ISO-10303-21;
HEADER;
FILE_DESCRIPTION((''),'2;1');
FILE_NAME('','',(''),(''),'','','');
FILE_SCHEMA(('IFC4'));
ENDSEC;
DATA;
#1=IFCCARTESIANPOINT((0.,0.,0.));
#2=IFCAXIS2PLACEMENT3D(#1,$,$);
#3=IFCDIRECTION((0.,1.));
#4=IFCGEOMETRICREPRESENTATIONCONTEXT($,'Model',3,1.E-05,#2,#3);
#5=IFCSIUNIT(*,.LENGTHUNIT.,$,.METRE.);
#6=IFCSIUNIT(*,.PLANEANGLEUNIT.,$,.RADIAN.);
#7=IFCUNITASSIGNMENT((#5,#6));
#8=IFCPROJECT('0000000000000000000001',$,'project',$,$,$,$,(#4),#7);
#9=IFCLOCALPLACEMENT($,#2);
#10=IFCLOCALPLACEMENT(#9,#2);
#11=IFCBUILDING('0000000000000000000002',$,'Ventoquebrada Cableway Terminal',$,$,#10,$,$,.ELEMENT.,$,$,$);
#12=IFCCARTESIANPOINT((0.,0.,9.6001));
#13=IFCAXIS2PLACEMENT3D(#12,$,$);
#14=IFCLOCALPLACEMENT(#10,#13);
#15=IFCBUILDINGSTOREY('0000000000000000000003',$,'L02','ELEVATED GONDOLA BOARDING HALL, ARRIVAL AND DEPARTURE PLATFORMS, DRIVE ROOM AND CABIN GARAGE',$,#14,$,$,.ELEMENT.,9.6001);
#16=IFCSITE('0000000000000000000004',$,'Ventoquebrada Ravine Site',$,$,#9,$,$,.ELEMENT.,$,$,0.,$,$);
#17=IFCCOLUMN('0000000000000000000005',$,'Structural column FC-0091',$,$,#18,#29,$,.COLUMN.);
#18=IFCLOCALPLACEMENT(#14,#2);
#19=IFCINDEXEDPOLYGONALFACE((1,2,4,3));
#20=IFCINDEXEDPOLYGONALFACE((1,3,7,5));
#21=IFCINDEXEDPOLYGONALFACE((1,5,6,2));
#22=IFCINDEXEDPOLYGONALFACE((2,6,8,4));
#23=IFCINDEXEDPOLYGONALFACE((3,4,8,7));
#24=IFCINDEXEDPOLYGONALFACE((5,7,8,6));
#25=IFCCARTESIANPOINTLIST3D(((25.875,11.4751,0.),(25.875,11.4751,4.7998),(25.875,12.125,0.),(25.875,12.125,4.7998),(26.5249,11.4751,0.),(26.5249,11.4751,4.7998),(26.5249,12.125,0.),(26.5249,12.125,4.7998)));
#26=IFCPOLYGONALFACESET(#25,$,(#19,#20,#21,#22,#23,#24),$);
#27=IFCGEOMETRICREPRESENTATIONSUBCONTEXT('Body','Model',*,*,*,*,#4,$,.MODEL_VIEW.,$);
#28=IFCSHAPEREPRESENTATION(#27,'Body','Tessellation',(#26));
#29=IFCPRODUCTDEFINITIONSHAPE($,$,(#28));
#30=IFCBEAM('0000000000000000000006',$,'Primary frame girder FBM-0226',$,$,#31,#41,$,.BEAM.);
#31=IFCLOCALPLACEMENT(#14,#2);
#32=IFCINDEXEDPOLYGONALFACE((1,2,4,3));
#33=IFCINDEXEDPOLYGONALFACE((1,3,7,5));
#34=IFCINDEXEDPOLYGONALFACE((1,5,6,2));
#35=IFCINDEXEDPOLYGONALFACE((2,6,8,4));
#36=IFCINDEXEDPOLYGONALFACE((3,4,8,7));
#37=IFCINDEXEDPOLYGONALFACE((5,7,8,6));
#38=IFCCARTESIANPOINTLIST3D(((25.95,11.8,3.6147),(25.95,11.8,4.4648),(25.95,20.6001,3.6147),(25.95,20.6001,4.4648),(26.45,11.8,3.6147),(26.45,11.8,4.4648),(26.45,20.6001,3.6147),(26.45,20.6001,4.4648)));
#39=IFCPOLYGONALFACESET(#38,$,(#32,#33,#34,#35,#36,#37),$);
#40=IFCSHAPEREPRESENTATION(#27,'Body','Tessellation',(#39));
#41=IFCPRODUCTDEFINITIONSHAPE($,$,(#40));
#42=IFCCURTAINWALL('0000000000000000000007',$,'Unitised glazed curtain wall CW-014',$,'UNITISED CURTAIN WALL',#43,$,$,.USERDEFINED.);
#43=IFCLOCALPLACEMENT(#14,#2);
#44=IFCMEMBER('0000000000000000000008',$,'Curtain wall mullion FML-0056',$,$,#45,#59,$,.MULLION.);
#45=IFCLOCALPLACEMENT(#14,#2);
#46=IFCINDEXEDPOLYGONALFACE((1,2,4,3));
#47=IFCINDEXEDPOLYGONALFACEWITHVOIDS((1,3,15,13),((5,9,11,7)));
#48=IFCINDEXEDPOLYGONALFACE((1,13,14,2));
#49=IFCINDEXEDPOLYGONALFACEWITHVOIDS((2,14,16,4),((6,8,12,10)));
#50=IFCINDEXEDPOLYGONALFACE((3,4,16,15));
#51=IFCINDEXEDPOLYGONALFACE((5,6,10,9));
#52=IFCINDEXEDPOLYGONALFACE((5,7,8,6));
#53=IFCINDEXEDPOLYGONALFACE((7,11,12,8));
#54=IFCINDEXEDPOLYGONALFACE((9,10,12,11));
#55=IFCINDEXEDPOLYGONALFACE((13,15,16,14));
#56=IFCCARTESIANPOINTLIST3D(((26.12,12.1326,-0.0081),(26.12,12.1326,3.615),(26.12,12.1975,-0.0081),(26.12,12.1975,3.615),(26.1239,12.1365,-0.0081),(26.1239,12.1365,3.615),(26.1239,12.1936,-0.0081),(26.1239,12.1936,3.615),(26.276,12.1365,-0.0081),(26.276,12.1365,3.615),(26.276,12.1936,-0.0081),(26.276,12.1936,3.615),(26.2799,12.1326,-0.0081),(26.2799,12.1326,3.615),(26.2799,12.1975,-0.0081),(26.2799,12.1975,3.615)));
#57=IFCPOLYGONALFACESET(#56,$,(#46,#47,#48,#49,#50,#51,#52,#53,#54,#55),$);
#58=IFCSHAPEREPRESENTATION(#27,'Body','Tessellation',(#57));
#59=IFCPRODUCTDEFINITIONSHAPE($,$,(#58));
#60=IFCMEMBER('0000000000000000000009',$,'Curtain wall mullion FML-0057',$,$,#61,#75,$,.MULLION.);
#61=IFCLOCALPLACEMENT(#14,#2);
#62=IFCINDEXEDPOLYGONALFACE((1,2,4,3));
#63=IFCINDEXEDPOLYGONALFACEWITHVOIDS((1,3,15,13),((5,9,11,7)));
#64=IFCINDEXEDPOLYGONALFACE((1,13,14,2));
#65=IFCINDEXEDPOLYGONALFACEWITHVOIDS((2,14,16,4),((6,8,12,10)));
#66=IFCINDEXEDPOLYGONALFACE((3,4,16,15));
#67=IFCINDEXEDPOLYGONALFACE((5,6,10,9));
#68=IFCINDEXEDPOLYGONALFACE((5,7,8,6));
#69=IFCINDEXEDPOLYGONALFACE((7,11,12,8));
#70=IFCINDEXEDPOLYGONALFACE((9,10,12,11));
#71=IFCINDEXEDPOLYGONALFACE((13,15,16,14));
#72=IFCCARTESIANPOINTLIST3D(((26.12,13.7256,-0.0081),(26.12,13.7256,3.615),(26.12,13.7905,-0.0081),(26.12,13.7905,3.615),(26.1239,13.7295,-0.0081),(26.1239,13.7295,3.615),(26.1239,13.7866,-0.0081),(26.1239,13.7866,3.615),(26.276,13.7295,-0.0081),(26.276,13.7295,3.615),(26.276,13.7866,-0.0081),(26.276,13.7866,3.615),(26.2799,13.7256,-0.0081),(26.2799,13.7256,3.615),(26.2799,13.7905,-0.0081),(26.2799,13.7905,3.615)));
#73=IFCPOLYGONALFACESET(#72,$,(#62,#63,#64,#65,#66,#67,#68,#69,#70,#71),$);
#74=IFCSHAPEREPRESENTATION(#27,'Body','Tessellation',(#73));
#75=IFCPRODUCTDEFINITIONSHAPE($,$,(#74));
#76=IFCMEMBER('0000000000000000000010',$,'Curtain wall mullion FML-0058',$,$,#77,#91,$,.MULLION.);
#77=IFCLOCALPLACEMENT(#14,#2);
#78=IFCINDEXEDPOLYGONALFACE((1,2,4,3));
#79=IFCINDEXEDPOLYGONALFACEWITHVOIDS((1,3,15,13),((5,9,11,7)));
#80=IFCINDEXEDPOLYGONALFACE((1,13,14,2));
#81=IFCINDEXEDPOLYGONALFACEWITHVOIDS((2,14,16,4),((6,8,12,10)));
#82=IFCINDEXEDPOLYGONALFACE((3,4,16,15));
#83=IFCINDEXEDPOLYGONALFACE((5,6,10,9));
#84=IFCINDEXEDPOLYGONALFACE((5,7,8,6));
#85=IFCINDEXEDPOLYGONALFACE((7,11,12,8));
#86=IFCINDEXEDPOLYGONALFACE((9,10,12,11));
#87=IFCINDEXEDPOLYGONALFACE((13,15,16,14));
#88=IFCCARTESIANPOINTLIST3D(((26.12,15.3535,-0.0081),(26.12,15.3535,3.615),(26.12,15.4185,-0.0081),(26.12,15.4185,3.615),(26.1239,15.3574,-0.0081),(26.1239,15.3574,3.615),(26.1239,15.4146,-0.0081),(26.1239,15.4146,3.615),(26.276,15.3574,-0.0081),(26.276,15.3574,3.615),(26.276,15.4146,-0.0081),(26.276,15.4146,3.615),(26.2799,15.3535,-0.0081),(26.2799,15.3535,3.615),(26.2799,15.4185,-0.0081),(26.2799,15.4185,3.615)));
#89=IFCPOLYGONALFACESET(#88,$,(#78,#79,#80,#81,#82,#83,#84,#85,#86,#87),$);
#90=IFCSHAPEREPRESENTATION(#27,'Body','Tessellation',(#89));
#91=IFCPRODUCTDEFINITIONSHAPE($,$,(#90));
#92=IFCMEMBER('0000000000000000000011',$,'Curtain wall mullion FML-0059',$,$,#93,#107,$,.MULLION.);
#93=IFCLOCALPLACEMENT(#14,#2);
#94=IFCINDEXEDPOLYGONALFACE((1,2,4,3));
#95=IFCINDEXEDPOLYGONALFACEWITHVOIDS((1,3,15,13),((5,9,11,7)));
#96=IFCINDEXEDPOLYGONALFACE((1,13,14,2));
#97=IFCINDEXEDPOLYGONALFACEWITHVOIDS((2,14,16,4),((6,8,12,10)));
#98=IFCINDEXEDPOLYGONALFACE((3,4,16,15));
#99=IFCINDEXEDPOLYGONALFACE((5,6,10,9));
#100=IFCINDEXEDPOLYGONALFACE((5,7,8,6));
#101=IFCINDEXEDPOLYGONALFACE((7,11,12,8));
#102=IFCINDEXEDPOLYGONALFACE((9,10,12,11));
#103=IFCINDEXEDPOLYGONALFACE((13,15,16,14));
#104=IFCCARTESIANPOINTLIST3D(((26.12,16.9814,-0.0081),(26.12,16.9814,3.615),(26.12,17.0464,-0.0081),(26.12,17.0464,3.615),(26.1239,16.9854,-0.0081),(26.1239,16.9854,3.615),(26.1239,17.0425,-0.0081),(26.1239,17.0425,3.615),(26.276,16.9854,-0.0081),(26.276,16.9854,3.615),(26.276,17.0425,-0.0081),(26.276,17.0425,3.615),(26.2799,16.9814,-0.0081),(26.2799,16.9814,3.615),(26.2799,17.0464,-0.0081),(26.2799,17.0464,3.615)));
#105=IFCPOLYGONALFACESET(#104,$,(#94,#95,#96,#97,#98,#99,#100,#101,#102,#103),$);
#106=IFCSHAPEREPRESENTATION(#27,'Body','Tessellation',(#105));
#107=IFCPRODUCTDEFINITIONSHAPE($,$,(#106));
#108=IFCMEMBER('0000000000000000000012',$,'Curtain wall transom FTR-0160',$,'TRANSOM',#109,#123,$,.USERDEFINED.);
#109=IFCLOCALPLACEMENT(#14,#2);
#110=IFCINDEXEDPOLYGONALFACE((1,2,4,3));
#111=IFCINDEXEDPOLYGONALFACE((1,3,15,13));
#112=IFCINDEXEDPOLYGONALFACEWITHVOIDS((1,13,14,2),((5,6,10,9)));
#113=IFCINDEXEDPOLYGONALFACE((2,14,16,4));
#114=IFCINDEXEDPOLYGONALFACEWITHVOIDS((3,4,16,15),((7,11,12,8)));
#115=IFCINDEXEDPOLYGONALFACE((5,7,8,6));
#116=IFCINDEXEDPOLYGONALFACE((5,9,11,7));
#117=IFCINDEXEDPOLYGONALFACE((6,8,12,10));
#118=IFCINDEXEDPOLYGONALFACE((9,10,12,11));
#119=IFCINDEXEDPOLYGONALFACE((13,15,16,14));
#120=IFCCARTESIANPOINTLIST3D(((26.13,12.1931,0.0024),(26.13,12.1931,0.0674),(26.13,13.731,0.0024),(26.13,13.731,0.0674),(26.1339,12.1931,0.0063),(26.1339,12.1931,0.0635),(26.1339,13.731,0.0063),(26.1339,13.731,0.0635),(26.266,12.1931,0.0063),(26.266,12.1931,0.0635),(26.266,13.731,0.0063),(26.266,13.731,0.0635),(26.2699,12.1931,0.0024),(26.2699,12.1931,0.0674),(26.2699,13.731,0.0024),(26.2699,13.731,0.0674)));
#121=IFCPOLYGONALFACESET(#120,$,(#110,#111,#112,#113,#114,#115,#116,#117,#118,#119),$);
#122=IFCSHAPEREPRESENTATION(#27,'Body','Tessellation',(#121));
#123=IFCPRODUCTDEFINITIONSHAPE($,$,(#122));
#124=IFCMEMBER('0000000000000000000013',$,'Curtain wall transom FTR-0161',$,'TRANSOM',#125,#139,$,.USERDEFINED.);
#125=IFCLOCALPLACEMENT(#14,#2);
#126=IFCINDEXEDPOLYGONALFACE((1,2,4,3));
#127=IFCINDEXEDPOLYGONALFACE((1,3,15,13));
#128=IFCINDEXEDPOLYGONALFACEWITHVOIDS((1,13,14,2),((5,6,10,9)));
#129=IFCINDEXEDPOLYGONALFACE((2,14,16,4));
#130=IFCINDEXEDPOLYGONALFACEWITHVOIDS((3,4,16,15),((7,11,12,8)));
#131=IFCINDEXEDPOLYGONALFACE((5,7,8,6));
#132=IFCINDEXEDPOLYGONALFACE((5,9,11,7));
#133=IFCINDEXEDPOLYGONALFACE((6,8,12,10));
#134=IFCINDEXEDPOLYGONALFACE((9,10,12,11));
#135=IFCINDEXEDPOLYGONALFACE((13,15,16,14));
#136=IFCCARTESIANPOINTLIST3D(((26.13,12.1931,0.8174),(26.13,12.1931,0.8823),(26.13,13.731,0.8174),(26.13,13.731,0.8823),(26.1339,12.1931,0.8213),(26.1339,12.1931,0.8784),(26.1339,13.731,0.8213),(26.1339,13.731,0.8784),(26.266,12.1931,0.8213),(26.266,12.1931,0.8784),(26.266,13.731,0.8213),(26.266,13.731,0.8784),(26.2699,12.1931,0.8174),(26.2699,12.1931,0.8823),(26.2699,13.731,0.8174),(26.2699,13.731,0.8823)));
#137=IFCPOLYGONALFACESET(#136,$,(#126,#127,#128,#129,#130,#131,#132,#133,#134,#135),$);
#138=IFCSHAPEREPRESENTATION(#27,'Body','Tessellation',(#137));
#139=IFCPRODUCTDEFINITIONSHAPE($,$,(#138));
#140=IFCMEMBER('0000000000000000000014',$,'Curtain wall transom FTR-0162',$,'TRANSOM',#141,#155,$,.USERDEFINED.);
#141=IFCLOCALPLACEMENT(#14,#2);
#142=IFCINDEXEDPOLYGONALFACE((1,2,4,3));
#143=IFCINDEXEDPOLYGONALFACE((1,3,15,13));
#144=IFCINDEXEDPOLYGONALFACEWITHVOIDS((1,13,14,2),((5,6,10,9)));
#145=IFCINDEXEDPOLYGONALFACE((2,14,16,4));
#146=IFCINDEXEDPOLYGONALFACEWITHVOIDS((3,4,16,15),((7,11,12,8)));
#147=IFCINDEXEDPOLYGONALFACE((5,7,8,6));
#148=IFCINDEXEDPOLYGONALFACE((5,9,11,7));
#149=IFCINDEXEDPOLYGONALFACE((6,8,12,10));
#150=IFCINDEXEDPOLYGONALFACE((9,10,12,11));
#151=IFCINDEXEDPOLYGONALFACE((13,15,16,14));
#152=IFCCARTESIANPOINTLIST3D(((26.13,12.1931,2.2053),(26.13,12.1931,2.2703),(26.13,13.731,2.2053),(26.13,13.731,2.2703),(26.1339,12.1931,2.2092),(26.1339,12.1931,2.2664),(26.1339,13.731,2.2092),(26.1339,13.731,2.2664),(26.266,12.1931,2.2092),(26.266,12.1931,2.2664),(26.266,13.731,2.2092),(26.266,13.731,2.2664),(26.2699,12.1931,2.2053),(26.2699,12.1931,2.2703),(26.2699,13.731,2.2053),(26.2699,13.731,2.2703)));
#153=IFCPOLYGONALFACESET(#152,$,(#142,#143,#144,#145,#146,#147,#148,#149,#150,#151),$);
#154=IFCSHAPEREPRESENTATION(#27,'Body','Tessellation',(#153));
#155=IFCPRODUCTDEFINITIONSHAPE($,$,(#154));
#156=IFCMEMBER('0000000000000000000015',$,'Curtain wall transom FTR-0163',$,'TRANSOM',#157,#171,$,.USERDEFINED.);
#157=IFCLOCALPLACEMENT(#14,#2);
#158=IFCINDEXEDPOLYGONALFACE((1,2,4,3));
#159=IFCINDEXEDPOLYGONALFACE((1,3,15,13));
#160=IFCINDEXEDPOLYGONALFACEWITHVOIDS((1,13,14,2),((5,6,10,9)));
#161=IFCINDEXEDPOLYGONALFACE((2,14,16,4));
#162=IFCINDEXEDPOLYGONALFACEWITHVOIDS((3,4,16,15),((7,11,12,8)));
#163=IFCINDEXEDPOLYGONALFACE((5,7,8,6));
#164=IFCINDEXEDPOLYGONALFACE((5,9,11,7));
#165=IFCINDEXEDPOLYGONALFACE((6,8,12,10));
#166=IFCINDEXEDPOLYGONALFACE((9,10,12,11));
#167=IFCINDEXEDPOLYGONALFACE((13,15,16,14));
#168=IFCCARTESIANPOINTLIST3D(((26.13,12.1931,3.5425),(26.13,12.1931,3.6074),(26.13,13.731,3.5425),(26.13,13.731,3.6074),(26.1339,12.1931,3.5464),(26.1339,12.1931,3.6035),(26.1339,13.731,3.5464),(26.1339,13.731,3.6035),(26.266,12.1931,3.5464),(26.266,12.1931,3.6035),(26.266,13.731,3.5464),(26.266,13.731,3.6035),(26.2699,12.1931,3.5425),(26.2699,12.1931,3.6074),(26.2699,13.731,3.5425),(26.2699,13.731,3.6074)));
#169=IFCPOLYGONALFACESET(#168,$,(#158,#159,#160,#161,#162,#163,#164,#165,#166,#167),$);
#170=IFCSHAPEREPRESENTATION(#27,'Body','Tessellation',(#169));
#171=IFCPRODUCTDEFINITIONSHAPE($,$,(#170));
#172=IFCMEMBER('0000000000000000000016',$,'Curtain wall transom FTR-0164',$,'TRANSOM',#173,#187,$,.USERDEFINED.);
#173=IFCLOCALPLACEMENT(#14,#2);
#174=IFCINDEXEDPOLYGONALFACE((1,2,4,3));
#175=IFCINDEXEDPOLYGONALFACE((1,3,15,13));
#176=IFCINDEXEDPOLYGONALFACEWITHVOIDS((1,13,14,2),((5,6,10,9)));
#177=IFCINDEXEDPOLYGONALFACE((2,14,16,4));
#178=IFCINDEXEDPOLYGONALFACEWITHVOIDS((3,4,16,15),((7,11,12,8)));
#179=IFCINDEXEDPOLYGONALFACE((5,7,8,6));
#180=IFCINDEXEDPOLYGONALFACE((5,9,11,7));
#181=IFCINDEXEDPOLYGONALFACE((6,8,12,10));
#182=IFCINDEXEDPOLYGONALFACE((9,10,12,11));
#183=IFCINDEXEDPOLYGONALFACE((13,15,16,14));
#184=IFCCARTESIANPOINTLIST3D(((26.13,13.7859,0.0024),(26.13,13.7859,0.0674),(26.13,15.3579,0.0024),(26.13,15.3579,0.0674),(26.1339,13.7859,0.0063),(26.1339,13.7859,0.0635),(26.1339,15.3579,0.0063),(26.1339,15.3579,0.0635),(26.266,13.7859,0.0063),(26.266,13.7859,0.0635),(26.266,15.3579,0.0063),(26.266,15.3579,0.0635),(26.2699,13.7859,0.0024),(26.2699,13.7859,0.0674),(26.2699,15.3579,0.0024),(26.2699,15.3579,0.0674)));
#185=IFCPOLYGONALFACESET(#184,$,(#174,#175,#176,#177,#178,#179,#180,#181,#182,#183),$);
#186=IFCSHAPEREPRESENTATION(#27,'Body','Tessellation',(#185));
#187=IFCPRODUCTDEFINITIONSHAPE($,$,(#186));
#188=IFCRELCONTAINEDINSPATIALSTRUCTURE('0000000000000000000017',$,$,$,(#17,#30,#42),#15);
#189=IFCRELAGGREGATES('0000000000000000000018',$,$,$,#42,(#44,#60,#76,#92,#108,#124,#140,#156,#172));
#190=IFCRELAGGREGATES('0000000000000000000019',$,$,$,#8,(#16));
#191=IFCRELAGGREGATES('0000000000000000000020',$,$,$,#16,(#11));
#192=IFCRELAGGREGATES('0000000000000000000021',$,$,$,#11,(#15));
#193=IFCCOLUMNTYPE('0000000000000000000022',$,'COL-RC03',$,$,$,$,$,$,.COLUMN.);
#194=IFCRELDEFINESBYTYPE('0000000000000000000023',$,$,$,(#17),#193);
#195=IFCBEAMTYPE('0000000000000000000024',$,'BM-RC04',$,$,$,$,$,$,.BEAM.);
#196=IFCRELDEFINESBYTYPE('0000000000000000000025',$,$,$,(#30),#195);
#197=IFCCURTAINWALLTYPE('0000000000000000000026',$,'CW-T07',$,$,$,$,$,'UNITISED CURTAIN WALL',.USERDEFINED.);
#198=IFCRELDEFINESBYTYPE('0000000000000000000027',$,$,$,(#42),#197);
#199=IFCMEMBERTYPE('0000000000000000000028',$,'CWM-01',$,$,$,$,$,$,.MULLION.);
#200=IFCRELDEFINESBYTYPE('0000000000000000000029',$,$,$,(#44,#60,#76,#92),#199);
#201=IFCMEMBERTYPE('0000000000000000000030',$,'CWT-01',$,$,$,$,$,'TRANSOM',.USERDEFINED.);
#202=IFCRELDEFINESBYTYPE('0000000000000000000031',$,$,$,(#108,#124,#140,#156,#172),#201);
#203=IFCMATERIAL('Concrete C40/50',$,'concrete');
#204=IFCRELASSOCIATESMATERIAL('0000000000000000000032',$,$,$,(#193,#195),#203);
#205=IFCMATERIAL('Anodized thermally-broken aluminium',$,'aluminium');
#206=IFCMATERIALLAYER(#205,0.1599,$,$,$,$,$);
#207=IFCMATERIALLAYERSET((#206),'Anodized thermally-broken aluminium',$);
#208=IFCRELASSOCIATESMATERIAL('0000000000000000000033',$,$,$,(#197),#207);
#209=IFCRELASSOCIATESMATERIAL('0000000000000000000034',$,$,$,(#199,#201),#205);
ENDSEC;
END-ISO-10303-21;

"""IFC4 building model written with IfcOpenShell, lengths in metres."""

from ifc_helpers import new_model, si_unit, direction, frame, origin, origin_2d, place, context, subcontext, project, spatial, rectangle, hollow_rectangle, extrude, material, layer, layer_set, material_profile, profile_set, type_object, element, aggregate, save


model = new_model("IFC4")

# Units and contexts
model_context = context("Model", 3, precision=1e-05, world=origin(), true_north=direction((0.0, 1.0)))
body_context = subcontext(model_context, "Body", "Model", "MODEL_VIEW")
ifc_project = project(units=[si_unit("LENGTHUNIT", "METRE"), si_unit("PLANEANGLEUNIT", "RADIAN")], contexts=[model_context])

# Site, building, storey
site_placement = place(None, origin())
site = spatial("IfcSite", under=ifc_project, at=site_placement, Name="Ventoquebrada Ravine Site", CompositionType="ELEMENT", RefElevation=0.0)
building_placement = place(site_placement, origin())
building = spatial("IfcBuilding", under=site, at=building_placement, Name="Ventoquebrada Cableway Terminal", CompositionType="ELEMENT")
storey_placement = place(building_placement, frame((0.0, 0.0, 9.6001)))
storey = spatial("IfcBuildingStorey", under=building, at=storey_placement, Name="L02", Description="ELEVATED GONDOLA BOARDING HALL, ARRIVAL AND DEPARTURE PLATFORMS, DRIVE ROOM AND CABIN GARAGE", CompositionType="ELEMENT", Elevation=9.6001)

# Column
ifc_material_1 = material(Name="Concrete C40/50", Category="concrete")
ifc_material_profile_1 = material_profile(ifc_material_1, rectangle(XDim=0.6499, YDim=0.6499, at=origin_2d()), Name="RC-COL-650X650")
ifc_profile_set_1 = profile_set([ifc_material_profile_1], Name="Concrete C40/50")
column_type = type_object("IfcColumnType", Name="COL-RC03", PredefinedType="COLUMN", material=ifc_profile_set_1)
column_placement = place(storey_placement, frame((26.2, 11.8, 0.0), z_axis=(0.0, 0.0, 1.0), x_axis=(1.0, 0.0, 0.0)))
element("IfcColumn", 1, at=column_placement, inside=storey, type_object=column_type, Name="Structural column FC-0091", PredefinedType="COLUMN", context=body_context, shape_type="SweptSolid", body=[
    extrude(rectangle(XDim=0.6499, YDim=0.6499, at=origin_2d()), origin(), (0.0, 0.0, 1.0), 4.7998),
])

# Beam
ifc_material_profile_2 = material_profile(ifc_material_1, rectangle(XDim=0.5, YDim=0.8501, at=origin_2d()), Name="RC-BM-500X850")
ifc_profile_set_2 = profile_set([ifc_material_profile_2], Name="Concrete C40/50")
beam_type = type_object("IfcBeamType", Name="BM-RC04", PredefinedType="BEAM", material=ifc_profile_set_2)
beam_placement = place(storey_placement, frame((26.2, 11.8, 4.0398), z_axis=(0.0, 1.0, 0.0), x_axis=(-1.0, 0.0, 0.0)))
element("IfcBeam", 2, at=beam_placement, inside=storey, type_object=beam_type, Name="Primary frame girder FBM-0226", PredefinedType="BEAM", context=body_context, shape_type="SweptSolid", body=[
    extrude(rectangle(XDim=0.5, YDim=0.8501, at=origin_2d()), origin(), (0.0, 0.0, 1.0), 8.8),
])

# Curtain wall, members
ifc_material_2 = material(Name="Anodized thermally-broken aluminium", Category="aluminium")
ifc_layer_1 = layer(ifc_material_2, 0.1599)
ifc_layer_set_1 = layer_set([ifc_layer_1], Name="Anodized thermally-broken aluminium")
curtain_wall_type = type_object("IfcCurtainWallType", Name="CW-T07", ElementType="UNITISED CURTAIN WALL", PredefinedType="USERDEFINED", material=ifc_layer_set_1)
curtain_wall_placement = place(storey_placement, origin())
curtain_wall = element("IfcCurtainWall", 3, at=curtain_wall_placement, inside=storey, type_object=curtain_wall_type, Name="Unitised glazed curtain wall CW-014", ObjectType="UNITISED CURTAIN WALL", PredefinedType="USERDEFINED")
ifc_material_profile_3 = material_profile(ifc_material_2, hollow_rectangle(XDim=0.0649, YDim=0.1599, WallThickness=0.0039, at=origin_2d()), Name="CW-MUL-65X160")
ifc_profile_set_3 = profile_set([ifc_material_profile_3], Name="Anodized thermally-broken aluminium")
member_type_1 = type_object("IfcMemberType", Name="CWM-01", PredefinedType="MULLION", material=ifc_profile_set_3)
member_1_placement = place(storey_placement, frame((26.2, 12.165, -0.0081), z_axis=(0.0, 0.0, 1.0), x_axis=(0.0, 1.0, 0.0)))
member_1 = element("IfcMember", 4, at=member_1_placement, type_object=member_type_1, Name="Curtain wall mullion FML-0056", PredefinedType="MULLION", context=body_context, shape_type="SweptSolid", body=[
    extrude(hollow_rectangle(XDim=0.0649, YDim=0.1599, WallThickness=0.0039, at=origin_2d()), origin(), (0.0, 0.0, 1.0), 3.623),
])
member_2_placement = place(storey_placement, frame((26.2, 13.7581, -0.0081), z_axis=(0.0, 0.0, 1.0), x_axis=(0.0, 1.0, 0.0)))
member_2 = element("IfcMember", 5, at=member_2_placement, type_object=member_type_1, Name="Curtain wall mullion FML-0057", PredefinedType="MULLION", context=body_context, shape_type="SweptSolid", body=[
    extrude(hollow_rectangle(XDim=0.0649, YDim=0.1599, WallThickness=0.0039, at=origin_2d()), origin(), (0.0, 0.0, 1.0), 3.623),
])
member_3_placement = place(storey_placement, frame((26.2, 15.386, -0.0081), z_axis=(0.0, 0.0, 1.0), x_axis=(0.0, 1.0, 0.0)))
member_3 = element("IfcMember", 6, at=member_3_placement, type_object=member_type_1, Name="Curtain wall mullion FML-0058", PredefinedType="MULLION", context=body_context, shape_type="SweptSolid", body=[
    extrude(hollow_rectangle(XDim=0.0649, YDim=0.1599, WallThickness=0.0039, at=origin_2d()), origin(), (0.0, 0.0, 1.0), 3.623),
])
member_4_placement = place(storey_placement, frame((26.2, 17.0139, -0.0081), z_axis=(0.0, 0.0, 1.0), x_axis=(0.0, 1.0, 0.0)))
member_4 = element("IfcMember", 7, at=member_4_placement, type_object=member_type_1, Name="Curtain wall mullion FML-0059", PredefinedType="MULLION", context=body_context, shape_type="SweptSolid", body=[
    extrude(hollow_rectangle(XDim=0.0649, YDim=0.1599, WallThickness=0.0039, at=origin_2d()), origin(), (0.0, 0.0, 1.0), 3.623),
])
ifc_material_profile_4 = material_profile(ifc_material_2, hollow_rectangle(XDim=0.0649, YDim=0.1399, WallThickness=0.0039, at=origin_2d()), Name="CW-TRN-65X140")
ifc_profile_set_4 = profile_set([ifc_material_profile_4], Name="Anodized thermally-broken aluminium")
member_type_2 = type_object("IfcMemberType", Name="CWT-01", ElementType="TRANSOM", PredefinedType="USERDEFINED", material=ifc_profile_set_4)
member_5_placement = place(storey_placement, frame((26.2, 12.1931, 0.0349), z_axis=(0.0, 1.0, 0.0), x_axis=(0.0, 0.0, 1.0)))
member_5 = element("IfcMember", 8, at=member_5_placement, type_object=member_type_2, Name="Curtain wall transom FTR-0160", ObjectType="TRANSOM", PredefinedType="USERDEFINED", context=body_context, shape_type="SweptSolid", body=[
    extrude(hollow_rectangle(XDim=0.0649, YDim=0.1399, WallThickness=0.0039, at=origin_2d()), origin(), (0.0, 0.0, 1.0), 1.5378),
])
member_6_placement = place(storey_placement, frame((26.2, 12.1931, 0.8499), z_axis=(0.0, 1.0, 0.0), x_axis=(0.0, 0.0, 1.0)))
member_6 = element("IfcMember", 9, at=member_6_placement, type_object=member_type_2, Name="Curtain wall transom FTR-0161", ObjectType="TRANSOM", PredefinedType="USERDEFINED", context=body_context, shape_type="SweptSolid", body=[
    extrude(hollow_rectangle(XDim=0.0649, YDim=0.1399, WallThickness=0.0039, at=origin_2d()), origin(), (0.0, 0.0, 1.0), 1.5378),
])
member_7_placement = place(storey_placement, frame((26.2, 12.1931, 2.2378), z_axis=(0.0, 1.0, 0.0), x_axis=(0.0, 0.0, 1.0)))
member_7 = element("IfcMember", 10, at=member_7_placement, type_object=member_type_2, Name="Curtain wall transom FTR-0162", ObjectType="TRANSOM", PredefinedType="USERDEFINED", context=body_context, shape_type="SweptSolid", body=[
    extrude(hollow_rectangle(XDim=0.0649, YDim=0.1399, WallThickness=0.0039, at=origin_2d()), origin(), (0.0, 0.0, 1.0), 1.5378),
])
member_8_placement = place(storey_placement, frame((26.2, 12.1931, 3.575), z_axis=(0.0, 1.0, 0.0), x_axis=(0.0, 0.0, 1.0)))
member_8 = element("IfcMember", 11, at=member_8_placement, type_object=member_type_2, Name="Curtain wall transom FTR-0163", ObjectType="TRANSOM", PredefinedType="USERDEFINED", context=body_context, shape_type="SweptSolid", body=[
    extrude(hollow_rectangle(XDim=0.0649, YDim=0.1399, WallThickness=0.0039, at=origin_2d()), origin(), (0.0, 0.0, 1.0), 1.5378),
])
member_9_placement = place(storey_placement, frame((26.2, 13.7859, 0.0349), z_axis=(0.0, 1.0, 0.0), x_axis=(0.0, 0.0, 1.0)))
member_9 = element("IfcMember", 12, at=member_9_placement, type_object=member_type_2, Name="Curtain wall transom FTR-0164", ObjectType="TRANSOM", PredefinedType="USERDEFINED", context=body_context, shape_type="SweptSolid", body=[
    extrude(hollow_rectangle(XDim=0.0649, YDim=0.1399, WallThickness=0.0039, at=origin_2d()), origin(), (0.0, 0.0, 1.0), 1.572),
])
aggregate(curtain_wall, [member_1, member_2, member_3, member_4, member_5, member_6, member_7, member_8, member_9])

save(model, "model.ifc")
